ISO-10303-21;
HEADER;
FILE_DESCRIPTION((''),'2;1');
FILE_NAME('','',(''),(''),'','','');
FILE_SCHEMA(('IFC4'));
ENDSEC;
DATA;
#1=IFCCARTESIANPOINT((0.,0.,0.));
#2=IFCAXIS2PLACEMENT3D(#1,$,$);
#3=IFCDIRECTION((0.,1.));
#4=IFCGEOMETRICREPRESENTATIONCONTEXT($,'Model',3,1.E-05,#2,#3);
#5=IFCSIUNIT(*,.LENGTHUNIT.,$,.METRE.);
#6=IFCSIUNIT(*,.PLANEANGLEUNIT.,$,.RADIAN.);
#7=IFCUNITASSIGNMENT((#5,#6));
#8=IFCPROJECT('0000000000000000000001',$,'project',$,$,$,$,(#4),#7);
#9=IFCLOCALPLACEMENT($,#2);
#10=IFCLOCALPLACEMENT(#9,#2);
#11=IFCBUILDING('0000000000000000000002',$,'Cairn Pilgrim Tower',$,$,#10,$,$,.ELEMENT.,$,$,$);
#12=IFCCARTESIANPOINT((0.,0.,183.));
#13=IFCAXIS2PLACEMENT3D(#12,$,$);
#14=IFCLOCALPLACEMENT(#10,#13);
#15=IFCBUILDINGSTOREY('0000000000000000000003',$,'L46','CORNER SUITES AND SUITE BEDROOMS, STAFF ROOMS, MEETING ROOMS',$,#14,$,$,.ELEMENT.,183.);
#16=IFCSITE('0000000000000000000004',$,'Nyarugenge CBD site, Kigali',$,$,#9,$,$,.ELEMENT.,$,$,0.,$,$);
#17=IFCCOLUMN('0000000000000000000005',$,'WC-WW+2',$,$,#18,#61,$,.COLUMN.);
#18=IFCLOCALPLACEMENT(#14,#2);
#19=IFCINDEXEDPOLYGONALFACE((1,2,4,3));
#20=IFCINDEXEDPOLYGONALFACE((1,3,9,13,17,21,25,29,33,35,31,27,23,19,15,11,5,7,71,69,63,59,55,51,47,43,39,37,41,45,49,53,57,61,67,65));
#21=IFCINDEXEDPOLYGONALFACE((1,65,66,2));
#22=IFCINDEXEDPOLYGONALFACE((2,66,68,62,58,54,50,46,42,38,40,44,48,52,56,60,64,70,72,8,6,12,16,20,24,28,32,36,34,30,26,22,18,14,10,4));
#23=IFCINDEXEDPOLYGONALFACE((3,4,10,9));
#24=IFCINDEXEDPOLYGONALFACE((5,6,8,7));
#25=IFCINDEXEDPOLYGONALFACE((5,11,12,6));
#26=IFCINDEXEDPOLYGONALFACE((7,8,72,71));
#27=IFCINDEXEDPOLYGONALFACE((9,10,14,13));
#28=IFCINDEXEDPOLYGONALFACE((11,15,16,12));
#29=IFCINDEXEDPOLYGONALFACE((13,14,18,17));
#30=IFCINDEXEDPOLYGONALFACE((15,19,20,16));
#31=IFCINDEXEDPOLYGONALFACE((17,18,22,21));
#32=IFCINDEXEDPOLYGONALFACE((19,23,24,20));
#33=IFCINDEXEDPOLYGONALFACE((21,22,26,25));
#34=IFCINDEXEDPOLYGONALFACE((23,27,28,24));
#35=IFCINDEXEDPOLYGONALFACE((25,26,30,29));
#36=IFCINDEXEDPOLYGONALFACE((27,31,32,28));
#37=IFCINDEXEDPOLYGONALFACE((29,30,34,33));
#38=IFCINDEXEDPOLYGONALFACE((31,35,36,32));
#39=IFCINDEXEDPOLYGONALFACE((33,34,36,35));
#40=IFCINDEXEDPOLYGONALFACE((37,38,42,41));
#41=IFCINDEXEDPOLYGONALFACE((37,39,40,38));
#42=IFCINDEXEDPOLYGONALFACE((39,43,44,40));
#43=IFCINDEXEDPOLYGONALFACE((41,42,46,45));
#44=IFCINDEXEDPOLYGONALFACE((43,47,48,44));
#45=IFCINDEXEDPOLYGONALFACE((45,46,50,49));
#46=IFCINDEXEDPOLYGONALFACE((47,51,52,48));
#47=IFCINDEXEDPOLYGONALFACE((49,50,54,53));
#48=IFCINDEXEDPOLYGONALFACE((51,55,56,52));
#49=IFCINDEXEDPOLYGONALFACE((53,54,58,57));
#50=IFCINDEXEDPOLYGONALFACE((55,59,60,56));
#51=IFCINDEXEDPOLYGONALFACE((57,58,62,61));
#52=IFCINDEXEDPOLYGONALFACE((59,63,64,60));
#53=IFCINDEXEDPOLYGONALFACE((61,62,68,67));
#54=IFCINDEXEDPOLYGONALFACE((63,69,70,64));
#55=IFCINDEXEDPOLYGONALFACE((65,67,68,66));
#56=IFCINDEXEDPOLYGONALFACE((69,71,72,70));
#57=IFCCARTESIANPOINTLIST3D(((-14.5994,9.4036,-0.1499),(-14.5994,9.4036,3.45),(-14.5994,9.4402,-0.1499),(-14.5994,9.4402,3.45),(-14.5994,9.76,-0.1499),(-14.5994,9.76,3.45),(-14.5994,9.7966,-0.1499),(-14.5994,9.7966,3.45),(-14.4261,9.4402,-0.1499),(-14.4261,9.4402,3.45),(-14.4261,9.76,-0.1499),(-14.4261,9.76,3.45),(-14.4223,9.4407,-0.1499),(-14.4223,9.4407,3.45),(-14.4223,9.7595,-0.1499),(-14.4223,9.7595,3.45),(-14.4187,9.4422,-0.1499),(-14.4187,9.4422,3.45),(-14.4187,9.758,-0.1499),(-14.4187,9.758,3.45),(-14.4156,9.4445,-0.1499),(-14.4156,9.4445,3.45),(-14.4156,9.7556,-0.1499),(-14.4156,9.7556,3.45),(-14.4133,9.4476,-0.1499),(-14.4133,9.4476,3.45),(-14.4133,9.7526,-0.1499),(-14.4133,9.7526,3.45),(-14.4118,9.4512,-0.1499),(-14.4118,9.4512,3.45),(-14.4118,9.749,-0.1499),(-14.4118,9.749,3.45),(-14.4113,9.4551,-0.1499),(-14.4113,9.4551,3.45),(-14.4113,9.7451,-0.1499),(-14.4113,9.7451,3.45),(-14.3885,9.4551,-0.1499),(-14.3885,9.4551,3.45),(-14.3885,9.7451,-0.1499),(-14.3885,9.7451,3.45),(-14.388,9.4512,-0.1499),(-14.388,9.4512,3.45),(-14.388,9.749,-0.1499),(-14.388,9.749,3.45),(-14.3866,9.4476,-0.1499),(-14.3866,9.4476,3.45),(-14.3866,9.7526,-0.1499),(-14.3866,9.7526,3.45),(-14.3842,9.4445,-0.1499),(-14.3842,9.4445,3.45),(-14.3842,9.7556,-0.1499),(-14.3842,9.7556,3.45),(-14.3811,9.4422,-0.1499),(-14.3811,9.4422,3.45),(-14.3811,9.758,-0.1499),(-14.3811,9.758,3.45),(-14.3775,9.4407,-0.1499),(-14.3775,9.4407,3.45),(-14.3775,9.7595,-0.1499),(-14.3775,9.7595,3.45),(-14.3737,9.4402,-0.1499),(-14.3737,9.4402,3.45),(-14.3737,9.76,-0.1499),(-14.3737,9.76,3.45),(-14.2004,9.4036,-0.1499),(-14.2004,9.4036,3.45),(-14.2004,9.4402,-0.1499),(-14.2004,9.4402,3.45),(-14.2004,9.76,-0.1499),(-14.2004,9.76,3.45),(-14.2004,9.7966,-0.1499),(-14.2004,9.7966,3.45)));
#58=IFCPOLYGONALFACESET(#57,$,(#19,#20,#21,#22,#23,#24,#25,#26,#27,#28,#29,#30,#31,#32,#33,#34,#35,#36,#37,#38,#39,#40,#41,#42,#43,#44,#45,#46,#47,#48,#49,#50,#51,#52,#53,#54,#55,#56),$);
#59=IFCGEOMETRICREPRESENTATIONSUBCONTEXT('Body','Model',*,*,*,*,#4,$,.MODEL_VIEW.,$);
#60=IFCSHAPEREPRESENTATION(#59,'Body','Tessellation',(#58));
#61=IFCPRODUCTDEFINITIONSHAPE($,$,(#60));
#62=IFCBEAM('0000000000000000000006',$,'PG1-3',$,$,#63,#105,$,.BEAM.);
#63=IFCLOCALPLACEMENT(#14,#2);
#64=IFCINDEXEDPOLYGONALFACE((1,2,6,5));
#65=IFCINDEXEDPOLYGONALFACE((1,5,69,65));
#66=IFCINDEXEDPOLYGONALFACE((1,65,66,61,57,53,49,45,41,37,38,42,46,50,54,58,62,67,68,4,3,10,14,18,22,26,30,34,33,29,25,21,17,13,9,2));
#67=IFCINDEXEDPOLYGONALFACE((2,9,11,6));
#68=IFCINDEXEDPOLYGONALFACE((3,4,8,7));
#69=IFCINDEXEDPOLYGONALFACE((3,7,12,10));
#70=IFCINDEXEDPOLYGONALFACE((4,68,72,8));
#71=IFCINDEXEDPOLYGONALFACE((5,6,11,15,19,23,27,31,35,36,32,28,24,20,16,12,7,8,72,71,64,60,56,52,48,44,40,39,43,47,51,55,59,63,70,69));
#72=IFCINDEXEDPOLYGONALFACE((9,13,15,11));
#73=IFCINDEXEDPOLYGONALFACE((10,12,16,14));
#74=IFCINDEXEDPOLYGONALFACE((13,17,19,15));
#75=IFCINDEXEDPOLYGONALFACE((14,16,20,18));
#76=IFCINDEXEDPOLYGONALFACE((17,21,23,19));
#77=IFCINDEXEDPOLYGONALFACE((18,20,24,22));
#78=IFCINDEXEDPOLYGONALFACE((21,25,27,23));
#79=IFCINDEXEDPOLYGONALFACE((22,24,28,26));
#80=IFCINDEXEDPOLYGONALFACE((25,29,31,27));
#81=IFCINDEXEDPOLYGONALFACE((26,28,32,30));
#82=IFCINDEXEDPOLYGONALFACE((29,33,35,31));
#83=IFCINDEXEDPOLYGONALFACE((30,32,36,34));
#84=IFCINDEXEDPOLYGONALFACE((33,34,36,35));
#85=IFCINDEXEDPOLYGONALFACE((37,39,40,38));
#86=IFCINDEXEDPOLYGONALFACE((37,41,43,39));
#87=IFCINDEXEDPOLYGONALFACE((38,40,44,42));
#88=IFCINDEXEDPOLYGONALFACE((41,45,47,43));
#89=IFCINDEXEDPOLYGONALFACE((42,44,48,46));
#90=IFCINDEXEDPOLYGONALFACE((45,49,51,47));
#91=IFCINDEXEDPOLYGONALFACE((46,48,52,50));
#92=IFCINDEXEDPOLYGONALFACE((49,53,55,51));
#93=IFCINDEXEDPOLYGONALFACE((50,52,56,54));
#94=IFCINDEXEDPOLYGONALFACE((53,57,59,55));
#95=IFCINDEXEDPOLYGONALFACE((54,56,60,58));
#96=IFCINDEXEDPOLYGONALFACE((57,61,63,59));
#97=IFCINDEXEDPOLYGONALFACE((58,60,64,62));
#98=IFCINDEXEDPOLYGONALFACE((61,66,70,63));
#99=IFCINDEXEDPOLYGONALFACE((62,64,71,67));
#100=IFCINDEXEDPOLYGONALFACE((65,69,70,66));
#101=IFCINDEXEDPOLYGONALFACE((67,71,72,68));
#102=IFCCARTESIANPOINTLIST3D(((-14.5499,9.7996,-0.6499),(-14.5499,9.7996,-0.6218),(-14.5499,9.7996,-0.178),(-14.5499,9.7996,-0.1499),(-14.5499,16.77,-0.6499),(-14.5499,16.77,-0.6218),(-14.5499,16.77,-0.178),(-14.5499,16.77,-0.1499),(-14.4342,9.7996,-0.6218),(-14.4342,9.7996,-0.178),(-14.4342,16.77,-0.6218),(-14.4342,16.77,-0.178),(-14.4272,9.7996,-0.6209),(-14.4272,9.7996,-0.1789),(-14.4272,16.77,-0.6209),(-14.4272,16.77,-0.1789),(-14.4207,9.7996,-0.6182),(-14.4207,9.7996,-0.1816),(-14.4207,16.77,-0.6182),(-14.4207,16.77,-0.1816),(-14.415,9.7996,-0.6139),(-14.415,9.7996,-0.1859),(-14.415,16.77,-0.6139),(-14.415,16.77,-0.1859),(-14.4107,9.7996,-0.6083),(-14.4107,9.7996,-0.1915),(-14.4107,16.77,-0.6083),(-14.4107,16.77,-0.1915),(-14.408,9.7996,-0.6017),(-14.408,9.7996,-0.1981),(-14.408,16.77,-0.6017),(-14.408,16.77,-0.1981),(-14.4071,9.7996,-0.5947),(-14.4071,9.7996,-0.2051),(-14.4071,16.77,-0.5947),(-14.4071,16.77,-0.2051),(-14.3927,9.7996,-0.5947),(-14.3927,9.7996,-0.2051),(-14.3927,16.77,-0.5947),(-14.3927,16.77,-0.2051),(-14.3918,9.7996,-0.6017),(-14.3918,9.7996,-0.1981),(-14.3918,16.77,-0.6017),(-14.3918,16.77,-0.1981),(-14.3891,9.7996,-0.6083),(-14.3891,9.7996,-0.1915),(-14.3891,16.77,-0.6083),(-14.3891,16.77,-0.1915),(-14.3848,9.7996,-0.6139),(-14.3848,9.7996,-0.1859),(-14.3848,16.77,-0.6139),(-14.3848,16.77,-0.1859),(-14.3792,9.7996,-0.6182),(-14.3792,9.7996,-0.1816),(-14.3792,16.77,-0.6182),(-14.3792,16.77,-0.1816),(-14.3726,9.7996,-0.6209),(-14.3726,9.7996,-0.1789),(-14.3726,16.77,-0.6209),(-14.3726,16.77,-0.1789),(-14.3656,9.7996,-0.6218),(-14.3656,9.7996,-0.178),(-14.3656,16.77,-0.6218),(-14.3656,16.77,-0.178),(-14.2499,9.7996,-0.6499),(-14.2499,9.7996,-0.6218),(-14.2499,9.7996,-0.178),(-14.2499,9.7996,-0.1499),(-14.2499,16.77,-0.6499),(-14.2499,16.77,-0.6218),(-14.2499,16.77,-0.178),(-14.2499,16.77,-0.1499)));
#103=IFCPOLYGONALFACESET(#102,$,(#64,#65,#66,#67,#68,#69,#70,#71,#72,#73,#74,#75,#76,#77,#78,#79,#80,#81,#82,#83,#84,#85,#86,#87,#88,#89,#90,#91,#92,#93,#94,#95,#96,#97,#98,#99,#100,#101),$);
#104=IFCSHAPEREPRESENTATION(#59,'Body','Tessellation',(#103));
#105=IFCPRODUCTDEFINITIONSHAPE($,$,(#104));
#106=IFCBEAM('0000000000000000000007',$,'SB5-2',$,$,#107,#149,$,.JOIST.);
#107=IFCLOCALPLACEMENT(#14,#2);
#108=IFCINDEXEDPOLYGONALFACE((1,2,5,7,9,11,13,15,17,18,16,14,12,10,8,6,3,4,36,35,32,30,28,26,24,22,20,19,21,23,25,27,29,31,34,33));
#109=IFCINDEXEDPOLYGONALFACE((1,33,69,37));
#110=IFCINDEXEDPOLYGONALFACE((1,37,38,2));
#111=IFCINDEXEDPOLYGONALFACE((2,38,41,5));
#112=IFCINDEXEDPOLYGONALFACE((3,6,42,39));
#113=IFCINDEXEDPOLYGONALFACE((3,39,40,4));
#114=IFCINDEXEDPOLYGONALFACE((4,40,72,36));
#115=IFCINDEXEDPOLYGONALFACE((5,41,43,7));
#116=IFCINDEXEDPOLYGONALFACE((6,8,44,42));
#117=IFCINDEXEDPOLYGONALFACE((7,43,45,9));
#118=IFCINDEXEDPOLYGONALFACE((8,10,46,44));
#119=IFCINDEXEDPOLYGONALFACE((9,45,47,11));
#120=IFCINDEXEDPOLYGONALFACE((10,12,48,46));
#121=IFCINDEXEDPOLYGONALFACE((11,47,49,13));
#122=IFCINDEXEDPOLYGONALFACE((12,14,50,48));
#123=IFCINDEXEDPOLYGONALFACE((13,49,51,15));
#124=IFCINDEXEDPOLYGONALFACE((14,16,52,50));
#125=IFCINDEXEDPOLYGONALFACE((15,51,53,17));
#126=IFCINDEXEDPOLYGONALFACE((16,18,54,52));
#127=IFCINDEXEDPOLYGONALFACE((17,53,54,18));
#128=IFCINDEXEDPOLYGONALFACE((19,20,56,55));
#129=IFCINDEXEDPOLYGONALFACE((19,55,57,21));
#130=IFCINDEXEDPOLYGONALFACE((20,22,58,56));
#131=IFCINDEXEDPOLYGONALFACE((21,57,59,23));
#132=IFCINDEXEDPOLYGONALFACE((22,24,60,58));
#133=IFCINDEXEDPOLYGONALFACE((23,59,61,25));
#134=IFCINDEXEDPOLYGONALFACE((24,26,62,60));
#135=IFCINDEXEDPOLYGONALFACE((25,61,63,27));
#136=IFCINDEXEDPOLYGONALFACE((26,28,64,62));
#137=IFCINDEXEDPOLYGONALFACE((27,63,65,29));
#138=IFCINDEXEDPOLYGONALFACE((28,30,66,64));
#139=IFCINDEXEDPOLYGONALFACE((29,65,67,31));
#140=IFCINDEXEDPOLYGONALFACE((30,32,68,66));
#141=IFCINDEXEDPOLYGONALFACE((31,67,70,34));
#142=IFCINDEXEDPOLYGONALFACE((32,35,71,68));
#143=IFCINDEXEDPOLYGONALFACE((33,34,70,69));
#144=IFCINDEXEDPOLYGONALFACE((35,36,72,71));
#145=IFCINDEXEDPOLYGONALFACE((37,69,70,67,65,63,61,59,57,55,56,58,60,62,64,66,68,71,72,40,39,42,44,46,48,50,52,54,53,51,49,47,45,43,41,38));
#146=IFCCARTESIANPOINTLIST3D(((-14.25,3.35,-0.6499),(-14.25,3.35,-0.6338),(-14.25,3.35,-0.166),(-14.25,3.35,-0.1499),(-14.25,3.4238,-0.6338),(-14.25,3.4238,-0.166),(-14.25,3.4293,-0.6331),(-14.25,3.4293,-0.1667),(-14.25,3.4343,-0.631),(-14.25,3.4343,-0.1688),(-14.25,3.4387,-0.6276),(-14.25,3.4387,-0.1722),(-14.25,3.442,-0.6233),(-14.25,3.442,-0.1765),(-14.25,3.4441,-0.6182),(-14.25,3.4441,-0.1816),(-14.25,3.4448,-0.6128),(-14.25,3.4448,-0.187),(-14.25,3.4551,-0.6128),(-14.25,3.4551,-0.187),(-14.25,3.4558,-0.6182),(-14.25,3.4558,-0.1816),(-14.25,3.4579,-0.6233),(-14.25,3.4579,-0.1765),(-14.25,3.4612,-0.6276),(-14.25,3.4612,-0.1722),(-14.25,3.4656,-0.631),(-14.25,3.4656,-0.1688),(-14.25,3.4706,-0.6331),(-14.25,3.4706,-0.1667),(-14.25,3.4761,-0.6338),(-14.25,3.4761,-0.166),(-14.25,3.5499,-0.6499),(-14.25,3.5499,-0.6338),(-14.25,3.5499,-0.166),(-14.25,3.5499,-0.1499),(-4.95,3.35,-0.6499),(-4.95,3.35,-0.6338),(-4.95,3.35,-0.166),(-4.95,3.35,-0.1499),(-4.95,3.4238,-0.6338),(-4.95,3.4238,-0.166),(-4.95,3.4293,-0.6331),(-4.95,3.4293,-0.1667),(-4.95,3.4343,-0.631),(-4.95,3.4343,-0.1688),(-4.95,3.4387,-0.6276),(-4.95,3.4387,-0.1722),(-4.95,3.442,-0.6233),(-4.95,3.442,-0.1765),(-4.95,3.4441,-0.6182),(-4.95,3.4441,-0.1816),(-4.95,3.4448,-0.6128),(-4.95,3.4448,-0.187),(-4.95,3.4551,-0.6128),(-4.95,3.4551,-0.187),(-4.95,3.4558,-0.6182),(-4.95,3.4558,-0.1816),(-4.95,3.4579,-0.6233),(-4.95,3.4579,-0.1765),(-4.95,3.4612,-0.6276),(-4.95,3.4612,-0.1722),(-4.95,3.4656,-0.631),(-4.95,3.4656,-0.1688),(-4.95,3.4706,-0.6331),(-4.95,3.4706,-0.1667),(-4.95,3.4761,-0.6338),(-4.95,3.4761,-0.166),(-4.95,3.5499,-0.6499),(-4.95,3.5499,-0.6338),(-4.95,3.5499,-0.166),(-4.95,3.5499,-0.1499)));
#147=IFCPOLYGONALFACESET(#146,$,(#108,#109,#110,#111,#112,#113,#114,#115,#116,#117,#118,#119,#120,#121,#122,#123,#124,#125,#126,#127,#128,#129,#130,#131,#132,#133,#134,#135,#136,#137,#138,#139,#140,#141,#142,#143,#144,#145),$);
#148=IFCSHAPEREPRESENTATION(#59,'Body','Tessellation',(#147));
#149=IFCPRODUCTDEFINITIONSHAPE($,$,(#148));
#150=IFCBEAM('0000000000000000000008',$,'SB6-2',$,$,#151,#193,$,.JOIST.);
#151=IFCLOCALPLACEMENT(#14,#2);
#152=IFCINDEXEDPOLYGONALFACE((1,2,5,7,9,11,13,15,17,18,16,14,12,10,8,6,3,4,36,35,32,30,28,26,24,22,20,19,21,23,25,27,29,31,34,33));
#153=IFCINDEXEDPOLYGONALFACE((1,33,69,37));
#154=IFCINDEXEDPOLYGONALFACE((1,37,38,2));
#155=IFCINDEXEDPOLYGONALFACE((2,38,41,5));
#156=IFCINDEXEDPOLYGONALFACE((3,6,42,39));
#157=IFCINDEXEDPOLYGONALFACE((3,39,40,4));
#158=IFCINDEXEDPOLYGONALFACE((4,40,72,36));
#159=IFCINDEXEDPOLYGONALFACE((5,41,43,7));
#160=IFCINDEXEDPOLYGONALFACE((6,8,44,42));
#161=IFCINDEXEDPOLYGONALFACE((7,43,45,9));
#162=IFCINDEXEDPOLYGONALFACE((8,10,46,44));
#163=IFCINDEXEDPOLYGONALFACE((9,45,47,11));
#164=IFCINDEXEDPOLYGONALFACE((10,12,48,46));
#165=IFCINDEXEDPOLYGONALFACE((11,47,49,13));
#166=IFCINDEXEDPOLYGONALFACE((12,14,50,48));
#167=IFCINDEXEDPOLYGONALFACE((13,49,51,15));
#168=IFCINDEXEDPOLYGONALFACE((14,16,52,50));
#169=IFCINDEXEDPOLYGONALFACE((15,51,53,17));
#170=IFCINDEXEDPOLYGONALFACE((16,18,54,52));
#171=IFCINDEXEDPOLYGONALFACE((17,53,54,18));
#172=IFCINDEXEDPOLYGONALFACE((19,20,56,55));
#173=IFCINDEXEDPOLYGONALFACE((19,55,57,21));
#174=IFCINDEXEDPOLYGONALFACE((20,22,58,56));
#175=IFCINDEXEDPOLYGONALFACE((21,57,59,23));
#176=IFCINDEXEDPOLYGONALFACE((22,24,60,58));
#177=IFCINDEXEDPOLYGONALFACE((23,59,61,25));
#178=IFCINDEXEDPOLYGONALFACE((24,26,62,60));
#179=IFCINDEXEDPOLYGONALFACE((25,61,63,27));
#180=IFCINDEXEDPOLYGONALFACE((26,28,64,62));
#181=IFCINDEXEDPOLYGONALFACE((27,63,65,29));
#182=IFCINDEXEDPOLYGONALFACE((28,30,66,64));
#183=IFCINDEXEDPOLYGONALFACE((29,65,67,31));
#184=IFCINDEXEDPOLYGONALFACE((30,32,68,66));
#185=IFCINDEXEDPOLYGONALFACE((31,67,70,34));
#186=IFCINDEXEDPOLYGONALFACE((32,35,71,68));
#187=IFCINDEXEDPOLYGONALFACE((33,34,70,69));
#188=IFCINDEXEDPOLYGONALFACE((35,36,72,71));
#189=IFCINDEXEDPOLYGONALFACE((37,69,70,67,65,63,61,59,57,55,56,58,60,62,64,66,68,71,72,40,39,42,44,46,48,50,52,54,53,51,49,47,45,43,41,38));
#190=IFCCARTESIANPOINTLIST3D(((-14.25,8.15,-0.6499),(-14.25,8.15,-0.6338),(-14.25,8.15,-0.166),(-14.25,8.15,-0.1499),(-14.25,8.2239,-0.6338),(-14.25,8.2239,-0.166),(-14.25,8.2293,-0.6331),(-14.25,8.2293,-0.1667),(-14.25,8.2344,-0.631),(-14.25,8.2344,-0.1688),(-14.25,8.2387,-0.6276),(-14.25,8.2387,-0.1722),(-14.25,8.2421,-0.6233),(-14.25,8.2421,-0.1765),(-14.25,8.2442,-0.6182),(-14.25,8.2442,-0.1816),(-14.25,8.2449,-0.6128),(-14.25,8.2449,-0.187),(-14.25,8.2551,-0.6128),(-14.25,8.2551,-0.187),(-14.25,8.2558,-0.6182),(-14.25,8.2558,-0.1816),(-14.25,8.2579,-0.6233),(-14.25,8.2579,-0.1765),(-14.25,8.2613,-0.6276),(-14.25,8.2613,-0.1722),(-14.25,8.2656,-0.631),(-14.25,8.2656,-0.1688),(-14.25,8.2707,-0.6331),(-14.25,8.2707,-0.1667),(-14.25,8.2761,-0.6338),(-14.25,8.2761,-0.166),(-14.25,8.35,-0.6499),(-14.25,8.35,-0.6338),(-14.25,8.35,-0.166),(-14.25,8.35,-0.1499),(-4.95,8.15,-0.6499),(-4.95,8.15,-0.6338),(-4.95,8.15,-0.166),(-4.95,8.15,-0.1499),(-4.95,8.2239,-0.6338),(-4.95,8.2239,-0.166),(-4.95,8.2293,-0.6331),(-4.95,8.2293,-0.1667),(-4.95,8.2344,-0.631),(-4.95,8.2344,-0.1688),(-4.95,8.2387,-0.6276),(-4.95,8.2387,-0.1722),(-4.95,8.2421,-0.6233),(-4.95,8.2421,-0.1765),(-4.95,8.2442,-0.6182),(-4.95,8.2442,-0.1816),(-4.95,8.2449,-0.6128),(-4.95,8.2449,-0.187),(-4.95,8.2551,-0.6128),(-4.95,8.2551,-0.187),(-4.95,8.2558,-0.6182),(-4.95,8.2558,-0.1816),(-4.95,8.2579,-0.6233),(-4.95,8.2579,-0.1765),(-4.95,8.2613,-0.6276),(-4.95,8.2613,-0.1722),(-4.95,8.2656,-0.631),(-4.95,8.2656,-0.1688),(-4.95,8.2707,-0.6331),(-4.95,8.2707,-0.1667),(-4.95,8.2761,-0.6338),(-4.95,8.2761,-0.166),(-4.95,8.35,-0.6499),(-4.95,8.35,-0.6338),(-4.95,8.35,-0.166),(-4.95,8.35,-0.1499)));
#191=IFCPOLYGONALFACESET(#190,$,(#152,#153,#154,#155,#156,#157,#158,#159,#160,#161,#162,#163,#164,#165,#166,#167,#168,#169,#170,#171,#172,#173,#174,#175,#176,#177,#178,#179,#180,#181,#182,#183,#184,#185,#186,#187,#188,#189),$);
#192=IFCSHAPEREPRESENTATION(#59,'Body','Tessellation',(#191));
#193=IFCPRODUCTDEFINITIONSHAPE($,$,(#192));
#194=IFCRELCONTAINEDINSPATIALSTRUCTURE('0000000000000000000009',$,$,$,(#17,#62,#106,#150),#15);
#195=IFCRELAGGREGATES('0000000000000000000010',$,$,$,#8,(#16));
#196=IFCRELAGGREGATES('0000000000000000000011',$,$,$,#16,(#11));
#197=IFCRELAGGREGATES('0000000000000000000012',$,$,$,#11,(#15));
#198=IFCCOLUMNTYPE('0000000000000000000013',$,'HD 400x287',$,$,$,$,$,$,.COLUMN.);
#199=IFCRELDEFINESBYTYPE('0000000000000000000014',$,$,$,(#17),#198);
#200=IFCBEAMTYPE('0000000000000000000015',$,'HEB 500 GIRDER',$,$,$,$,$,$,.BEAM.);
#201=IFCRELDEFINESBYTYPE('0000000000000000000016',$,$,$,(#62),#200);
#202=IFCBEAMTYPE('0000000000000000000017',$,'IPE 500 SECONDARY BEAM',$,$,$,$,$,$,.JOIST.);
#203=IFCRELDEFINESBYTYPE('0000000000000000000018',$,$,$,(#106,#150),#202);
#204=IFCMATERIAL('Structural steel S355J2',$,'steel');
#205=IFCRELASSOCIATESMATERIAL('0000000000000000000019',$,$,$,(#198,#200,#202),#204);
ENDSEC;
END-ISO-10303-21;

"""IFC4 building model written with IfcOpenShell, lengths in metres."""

from ifc_helpers import new_model, si_unit, direction, frame, origin, origin_2d, place, context, subcontext, project, spatial, i_section, extrude, material, material_profile, profile_set, type_object, element, save


model = new_model("IFC4")

# Units and contexts
model_context = context("Model", 3, precision=1e-05, world=origin(), true_north=direction((0.0, 1.0)))
body_context = subcontext(model_context, "Body", "Model", "MODEL_VIEW")
ifc_project = project(units=[si_unit("LENGTHUNIT", "METRE"), si_unit("PLANEANGLEUNIT", "RADIAN")], contexts=[model_context])

# Site, building, storey
site_placement = place(None, origin())
site = spatial("IfcSite", under=ifc_project, at=site_placement, Name="Nyarugenge CBD site, Kigali", CompositionType="ELEMENT", RefElevation=0.0)
building_placement = place(site_placement, origin())
building = spatial("IfcBuilding", under=site, at=building_placement, Name="Cairn Pilgrim Tower", CompositionType="ELEMENT")
storey_placement = place(building_placement, frame((0.0, 0.0, 183.0)))
storey = spatial("IfcBuildingStorey", under=building, at=storey_placement, Name="L46", Description="CORNER SUITES AND SUITE BEDROOMS, STAFF ROOMS, MEETING ROOMS", CompositionType="ELEMENT", Elevation=183.0)

# Column
ifc_material_1 = material(Name="Structural steel S355J2", Category="steel")
ifc_material_profile_1 = material_profile(ifc_material_1, i_section(OverallWidth=0.3989, OverallDepth=0.3931, WebThickness=0.0227, FlangeThickness=0.0366, FilletRadius=0.0149, at=origin_2d()), Name="HD 400x287")
ifc_profile_set_1 = profile_set([ifc_material_profile_1], Name="Structural steel S355J2")
column_type = type_object("IfcColumnType", Name="HD 400x287", PredefinedType="COLUMN", material=ifc_profile_set_1)
column_placement = place(storey_placement, frame((-14.3999, 9.6001, -0.1499), z_axis=(0.0, 0.0, 1.0), x_axis=(1.0, 0.0, 0.0)))
element("IfcColumn", 1, at=column_placement, inside=storey, type_object=column_type, Name="WC-WW+2", PredefinedType="COLUMN", context=body_context, shape_type="SweptSolid", body=[
    extrude(i_section(OverallWidth=0.3989, OverallDepth=0.3931, WebThickness=0.0227, FlangeThickness=0.0366, FilletRadius=0.0149, at=origin_2d()), origin(), (0.0, 0.0, 1.0), 3.5999),
])

# Beams
ifc_material_profile_2 = material_profile(ifc_material_1, i_section(OverallWidth=0.3, OverallDepth=0.5, WebThickness=0.0144, FlangeThickness=0.0281, FilletRadius=0.0271, at=origin_2d()), Name="HEB 500")
ifc_profile_set_2 = profile_set([ifc_material_profile_2], Name="Structural steel S355J2")
beam_type_1 = type_object("IfcBeamType", Name="HEB 500 GIRDER", PredefinedType="BEAM", material=ifc_profile_set_2)
beam_placement = place(storey_placement, frame((-14.3999, 9.7996, -0.3999), z_axis=(0.0, 1.0, 0.0), x_axis=(-1.0, 0.0, 0.0)))
element("IfcBeam", 2, at=beam_placement, inside=storey, type_object=beam_type_1, Name="PG1-3", PredefinedType="BEAM", context=body_context, shape_type="SweptSolid", body=[
    extrude(i_section(OverallWidth=0.3, OverallDepth=0.5, WebThickness=0.0144, FlangeThickness=0.0281, FilletRadius=0.0271, at=origin_2d()), origin(), (0.0, 0.0, 1.0), 6.9705),
])
ifc_material_profile_3 = material_profile(ifc_material_1, i_section(OverallWidth=0.2, OverallDepth=0.5, WebThickness=0.0103, FlangeThickness=0.0161, FilletRadius=0.021, at=origin_2d()), Name="IPE 500")
ifc_profile_set_3 = profile_set([ifc_material_profile_3], Name="Structural steel S355J2")
beam_type_2 = type_object("IfcBeamType", Name="IPE 500 SECONDARY BEAM", PredefinedType="JOIST", material=ifc_profile_set_3)
for number, where, z_axis, x_axis, name in (
    (3, (-14.25, 3.45, -0.3999), (1.0, 0.0, 0.0), (0.0, 1.0, 0.0), "SB5-2"),
    (4, (-14.25, 8.25, -0.3999), (1.0, 0.0, 0.0), (0.0, 1.0, 0.0), "SB6-2"),
):
    element("IfcBeam", number, at=place(storey_placement, frame(where, z_axis=z_axis, x_axis=x_axis)), inside=storey, type_object=beam_type_2, Name=name, PredefinedType="JOIST", context=body_context, shape_type="SweptSolid", body=[
        extrude(i_section(OverallWidth=0.2, OverallDepth=0.5, WebThickness=0.0103, FlangeThickness=0.0161, FilletRadius=0.021, at=origin_2d()), origin(), (0.0, 0.0, 1.0), 9.3),
    ])

save(model, "model.ifc")
